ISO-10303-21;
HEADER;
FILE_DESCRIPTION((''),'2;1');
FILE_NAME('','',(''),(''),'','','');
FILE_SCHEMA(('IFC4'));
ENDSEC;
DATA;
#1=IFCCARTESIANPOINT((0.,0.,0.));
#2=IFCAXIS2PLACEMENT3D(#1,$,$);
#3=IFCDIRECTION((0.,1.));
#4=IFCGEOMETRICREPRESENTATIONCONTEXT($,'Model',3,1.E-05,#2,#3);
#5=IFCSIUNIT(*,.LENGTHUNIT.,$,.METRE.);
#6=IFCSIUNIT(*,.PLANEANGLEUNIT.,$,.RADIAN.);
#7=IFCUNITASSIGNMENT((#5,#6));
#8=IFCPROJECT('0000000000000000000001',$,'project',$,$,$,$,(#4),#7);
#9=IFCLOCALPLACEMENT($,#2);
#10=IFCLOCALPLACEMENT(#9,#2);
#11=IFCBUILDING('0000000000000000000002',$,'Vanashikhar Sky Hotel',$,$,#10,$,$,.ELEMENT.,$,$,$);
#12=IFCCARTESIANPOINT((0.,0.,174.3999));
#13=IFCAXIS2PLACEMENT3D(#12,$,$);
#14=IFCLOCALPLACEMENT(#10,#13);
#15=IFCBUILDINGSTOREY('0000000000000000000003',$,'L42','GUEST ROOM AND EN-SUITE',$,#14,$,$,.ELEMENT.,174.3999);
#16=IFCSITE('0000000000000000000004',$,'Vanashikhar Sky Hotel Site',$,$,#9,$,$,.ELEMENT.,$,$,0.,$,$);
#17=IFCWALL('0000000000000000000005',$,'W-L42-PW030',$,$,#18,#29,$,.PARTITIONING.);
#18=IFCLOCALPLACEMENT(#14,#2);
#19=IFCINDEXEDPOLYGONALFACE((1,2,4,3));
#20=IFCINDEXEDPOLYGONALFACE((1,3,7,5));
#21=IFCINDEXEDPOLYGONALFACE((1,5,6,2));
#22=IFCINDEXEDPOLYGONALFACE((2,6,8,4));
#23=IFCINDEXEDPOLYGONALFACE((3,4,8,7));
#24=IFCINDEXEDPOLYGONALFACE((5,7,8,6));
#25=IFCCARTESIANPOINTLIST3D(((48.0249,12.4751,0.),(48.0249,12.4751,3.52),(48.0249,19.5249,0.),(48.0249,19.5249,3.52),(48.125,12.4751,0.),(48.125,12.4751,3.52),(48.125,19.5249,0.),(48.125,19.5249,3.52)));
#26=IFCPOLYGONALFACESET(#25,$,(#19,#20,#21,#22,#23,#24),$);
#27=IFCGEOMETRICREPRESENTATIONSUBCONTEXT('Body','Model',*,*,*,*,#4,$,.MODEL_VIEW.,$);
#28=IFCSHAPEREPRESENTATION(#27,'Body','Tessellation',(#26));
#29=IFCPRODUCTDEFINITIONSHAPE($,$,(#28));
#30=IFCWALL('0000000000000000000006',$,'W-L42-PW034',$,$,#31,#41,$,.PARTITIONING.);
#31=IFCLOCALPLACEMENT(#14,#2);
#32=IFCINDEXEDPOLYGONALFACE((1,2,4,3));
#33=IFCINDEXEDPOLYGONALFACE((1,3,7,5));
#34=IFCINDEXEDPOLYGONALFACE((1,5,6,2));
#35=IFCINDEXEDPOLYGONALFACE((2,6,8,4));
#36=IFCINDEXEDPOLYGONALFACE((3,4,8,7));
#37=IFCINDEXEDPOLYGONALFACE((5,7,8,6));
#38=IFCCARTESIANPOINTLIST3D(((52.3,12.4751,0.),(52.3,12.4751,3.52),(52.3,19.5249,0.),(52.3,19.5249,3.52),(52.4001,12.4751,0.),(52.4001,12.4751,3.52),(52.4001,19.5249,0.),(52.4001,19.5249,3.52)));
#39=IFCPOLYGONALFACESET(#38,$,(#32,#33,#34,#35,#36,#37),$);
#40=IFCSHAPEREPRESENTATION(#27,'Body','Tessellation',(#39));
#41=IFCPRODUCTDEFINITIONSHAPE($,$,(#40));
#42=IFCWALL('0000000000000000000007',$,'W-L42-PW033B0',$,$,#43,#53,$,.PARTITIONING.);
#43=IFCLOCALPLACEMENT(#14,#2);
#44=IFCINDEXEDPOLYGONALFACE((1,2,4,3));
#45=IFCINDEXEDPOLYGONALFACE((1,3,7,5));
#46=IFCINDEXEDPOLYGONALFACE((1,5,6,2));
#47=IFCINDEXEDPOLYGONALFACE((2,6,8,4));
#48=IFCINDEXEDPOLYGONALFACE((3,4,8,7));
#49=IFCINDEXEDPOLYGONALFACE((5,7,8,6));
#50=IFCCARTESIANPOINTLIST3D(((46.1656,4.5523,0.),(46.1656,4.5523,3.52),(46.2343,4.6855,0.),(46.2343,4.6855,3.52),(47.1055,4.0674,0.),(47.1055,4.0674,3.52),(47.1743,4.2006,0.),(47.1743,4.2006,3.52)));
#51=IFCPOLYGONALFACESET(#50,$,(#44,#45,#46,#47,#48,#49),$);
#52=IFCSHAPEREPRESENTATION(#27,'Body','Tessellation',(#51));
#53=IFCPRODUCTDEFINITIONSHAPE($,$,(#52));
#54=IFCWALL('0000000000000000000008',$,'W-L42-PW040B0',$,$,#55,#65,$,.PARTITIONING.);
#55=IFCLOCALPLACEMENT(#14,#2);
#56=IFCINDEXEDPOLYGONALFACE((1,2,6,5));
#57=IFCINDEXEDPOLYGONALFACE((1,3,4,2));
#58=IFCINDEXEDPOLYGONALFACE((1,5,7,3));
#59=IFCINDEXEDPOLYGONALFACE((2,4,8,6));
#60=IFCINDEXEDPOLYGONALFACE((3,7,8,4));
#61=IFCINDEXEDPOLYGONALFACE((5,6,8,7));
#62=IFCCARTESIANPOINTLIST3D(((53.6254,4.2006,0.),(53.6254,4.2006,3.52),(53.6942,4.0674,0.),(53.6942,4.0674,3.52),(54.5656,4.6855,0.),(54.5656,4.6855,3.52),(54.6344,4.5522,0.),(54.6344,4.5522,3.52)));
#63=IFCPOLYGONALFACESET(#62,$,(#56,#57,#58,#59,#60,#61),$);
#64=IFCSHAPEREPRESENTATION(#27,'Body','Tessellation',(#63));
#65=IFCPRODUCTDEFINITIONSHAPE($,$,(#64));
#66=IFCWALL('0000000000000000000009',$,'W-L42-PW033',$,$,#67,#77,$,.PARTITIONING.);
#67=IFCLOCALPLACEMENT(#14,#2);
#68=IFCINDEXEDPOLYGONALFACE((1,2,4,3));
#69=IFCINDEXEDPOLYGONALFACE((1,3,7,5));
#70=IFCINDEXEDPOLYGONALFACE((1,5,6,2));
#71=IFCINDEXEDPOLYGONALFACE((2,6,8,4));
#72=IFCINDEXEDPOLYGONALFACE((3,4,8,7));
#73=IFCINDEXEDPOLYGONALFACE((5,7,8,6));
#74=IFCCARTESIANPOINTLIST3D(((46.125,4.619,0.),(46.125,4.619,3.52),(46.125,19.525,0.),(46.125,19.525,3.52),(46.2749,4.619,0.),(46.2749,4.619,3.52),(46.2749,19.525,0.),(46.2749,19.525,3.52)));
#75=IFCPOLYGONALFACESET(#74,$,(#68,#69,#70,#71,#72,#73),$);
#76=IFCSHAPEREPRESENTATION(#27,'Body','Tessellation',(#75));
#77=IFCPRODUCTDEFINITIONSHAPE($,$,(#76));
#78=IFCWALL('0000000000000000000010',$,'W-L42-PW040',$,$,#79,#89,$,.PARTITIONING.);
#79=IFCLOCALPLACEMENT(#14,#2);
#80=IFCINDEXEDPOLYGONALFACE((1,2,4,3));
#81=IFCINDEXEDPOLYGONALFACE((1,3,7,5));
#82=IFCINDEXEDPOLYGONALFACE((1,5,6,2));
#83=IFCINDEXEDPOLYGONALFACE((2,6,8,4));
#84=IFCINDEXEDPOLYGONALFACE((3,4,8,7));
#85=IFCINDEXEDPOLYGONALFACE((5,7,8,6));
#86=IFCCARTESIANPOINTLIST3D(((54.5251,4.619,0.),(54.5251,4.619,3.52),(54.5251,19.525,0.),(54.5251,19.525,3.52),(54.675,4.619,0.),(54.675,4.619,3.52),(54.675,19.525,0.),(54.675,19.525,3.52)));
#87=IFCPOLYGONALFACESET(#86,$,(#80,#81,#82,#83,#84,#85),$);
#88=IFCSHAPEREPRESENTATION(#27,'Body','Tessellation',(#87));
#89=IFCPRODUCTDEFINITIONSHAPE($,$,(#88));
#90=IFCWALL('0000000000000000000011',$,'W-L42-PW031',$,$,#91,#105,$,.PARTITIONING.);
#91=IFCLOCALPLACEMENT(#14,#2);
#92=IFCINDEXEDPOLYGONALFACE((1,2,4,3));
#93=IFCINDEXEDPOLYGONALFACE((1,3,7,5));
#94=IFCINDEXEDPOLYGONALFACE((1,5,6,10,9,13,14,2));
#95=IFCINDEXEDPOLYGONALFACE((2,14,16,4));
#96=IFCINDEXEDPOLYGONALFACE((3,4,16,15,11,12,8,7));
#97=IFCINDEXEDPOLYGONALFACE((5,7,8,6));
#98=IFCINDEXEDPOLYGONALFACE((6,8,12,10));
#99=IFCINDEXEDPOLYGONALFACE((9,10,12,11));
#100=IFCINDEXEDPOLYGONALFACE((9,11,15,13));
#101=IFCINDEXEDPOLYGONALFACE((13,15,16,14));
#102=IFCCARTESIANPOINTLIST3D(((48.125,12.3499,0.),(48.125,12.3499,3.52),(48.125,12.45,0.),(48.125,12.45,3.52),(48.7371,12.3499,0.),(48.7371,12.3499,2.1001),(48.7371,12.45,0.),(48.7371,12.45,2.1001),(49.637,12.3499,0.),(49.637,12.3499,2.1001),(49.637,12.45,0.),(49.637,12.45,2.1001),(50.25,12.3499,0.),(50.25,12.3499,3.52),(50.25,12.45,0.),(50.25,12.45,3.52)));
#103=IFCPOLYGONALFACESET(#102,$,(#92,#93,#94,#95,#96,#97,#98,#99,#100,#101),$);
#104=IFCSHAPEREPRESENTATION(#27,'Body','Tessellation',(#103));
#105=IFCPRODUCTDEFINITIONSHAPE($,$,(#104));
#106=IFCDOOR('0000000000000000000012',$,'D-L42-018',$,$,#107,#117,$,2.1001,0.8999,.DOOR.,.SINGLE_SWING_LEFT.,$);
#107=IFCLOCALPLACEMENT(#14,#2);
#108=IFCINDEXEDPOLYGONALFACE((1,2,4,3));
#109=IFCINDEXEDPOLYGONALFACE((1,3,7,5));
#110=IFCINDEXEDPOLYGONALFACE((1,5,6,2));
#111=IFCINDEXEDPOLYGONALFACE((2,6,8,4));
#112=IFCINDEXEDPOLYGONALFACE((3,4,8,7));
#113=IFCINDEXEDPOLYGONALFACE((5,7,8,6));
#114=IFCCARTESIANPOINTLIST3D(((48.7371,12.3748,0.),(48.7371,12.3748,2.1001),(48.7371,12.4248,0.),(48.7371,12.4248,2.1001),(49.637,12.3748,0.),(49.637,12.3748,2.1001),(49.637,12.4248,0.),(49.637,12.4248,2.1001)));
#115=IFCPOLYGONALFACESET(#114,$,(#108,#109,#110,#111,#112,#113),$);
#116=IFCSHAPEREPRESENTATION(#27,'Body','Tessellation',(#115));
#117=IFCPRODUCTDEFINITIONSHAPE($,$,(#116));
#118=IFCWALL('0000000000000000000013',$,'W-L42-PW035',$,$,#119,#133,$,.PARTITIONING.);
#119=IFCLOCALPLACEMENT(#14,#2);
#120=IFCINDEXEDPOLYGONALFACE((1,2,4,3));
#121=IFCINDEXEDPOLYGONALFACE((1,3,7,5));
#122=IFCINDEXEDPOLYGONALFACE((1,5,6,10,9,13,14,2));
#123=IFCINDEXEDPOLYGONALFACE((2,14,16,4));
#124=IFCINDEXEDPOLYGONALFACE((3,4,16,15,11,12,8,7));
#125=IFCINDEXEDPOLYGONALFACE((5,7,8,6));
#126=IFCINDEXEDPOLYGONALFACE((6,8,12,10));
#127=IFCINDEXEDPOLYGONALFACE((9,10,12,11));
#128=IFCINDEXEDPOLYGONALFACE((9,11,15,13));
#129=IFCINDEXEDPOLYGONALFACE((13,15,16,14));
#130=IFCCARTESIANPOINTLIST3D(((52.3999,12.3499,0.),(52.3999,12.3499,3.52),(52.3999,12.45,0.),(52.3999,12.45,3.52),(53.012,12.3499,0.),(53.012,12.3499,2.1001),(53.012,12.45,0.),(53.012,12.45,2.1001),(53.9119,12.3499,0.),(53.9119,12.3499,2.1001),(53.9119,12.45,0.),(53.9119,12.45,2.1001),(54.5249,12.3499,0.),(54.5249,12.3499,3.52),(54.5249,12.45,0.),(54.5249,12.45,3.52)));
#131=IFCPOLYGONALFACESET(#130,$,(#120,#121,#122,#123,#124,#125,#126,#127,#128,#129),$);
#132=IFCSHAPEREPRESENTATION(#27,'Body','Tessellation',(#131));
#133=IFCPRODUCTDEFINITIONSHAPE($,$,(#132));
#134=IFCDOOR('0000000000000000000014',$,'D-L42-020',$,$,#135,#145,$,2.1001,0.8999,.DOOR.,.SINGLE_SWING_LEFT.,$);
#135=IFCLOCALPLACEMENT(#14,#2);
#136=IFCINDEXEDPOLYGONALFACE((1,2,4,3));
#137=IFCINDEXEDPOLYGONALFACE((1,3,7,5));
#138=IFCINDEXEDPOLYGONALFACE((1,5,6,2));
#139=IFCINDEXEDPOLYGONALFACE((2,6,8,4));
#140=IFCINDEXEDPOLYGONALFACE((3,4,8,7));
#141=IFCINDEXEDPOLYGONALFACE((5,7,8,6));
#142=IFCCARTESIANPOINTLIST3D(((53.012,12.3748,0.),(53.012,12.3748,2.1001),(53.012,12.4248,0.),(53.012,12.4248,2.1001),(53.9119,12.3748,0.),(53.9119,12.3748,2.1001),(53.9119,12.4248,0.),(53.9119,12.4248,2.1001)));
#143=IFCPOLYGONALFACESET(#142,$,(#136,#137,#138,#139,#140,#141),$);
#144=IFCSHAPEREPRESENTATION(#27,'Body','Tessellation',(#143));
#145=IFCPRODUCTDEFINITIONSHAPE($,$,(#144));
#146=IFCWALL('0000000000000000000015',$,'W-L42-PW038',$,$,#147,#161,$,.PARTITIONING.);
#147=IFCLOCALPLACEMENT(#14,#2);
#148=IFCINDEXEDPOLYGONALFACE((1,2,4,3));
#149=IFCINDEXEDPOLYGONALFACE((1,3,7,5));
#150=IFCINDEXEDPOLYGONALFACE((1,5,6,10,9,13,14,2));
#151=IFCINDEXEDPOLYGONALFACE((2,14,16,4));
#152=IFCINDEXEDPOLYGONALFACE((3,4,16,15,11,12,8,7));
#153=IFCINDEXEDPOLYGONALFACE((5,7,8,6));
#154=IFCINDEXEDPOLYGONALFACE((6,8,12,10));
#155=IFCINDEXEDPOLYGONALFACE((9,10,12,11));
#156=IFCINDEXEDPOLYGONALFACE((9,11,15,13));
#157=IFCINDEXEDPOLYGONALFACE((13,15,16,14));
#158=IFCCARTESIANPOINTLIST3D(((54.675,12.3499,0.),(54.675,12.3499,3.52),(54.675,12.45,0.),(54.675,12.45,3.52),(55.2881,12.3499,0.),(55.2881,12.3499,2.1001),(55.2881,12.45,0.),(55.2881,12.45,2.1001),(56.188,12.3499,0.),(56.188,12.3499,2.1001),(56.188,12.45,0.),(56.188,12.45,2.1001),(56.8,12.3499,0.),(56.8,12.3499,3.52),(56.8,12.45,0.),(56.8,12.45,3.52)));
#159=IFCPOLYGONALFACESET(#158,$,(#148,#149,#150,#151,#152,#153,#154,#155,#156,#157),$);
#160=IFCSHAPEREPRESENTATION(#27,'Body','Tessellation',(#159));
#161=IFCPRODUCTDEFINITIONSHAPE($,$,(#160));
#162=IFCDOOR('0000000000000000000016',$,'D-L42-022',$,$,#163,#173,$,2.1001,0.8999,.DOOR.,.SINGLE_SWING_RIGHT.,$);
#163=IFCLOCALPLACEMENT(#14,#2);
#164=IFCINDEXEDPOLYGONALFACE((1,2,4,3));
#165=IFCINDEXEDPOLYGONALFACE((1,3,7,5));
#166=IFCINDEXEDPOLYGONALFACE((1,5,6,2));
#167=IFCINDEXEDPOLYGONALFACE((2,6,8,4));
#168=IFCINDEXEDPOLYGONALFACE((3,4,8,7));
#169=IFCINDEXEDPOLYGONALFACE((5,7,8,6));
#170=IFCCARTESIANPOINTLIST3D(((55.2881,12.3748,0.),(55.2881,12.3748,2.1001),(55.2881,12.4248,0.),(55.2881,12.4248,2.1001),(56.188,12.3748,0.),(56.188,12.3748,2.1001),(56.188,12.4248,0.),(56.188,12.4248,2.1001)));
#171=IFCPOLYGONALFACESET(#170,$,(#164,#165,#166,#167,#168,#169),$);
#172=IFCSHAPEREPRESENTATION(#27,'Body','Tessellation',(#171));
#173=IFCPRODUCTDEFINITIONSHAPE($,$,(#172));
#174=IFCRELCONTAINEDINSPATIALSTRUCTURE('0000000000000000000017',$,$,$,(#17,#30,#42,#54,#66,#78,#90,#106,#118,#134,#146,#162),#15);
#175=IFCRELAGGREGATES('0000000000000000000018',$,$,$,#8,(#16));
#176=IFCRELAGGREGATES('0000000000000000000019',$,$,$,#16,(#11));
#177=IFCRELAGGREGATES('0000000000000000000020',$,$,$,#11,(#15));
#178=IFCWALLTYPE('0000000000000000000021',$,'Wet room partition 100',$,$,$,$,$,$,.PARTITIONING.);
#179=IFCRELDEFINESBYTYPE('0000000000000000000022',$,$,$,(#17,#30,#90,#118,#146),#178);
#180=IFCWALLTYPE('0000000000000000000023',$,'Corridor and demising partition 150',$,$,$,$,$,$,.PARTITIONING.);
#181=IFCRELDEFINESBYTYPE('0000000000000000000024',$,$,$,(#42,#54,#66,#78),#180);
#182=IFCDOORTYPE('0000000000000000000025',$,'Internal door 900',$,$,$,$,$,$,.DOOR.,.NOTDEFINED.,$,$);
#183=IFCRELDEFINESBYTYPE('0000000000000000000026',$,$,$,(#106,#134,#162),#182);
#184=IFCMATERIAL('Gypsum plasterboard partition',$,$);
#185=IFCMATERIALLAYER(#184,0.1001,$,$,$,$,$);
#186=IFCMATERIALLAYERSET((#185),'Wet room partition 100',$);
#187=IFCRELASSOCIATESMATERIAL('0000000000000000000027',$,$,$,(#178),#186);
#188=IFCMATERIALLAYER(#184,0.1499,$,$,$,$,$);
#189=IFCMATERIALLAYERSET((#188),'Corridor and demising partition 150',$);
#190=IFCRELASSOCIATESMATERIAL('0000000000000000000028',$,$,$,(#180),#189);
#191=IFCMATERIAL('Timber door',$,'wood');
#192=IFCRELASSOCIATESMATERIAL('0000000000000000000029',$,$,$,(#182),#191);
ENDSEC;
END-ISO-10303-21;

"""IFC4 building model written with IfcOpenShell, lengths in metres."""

from ifc_helpers import new_model, si_unit, direction, frame, frame_2d, origin, place, context, subcontext, project, spatial, rectangle, extrude, source, transform, mapped, material, layer, layer_set, type_object, element, fill, save


model = new_model("IFC4")

# Units and contexts
model_context = context("Model", 3, precision=1e-05, world=origin(), true_north=direction((0.0, 1.0)))
body_context = subcontext(model_context, "Body", "Model", "MODEL_VIEW")
ifc_project = project(units=[si_unit("LENGTHUNIT", "METRE"), si_unit("PLANEANGLEUNIT", "RADIAN")], contexts=[model_context])

# Site, building, storey
site_placement = place(None, origin())
site = spatial("IfcSite", under=ifc_project, at=site_placement, Name="Vanashikhar Sky Hotel Site", CompositionType="ELEMENT", RefElevation=0.0)
building_placement = place(site_placement, origin())
building = spatial("IfcBuilding", under=site, at=building_placement, Name="Vanashikhar Sky Hotel", CompositionType="ELEMENT")
storey_placement = place(building_placement, frame((0.0, 0.0, 174.3999)))
storey = spatial("IfcBuildingStorey", under=building, at=storey_placement, Name="L42", Description="GUEST ROOM AND EN-SUITE", CompositionType="ELEMENT", Elevation=174.3999)

# Walls
ifc_material_1 = material(Name="Gypsum plasterboard partition")
ifc_layer_1 = layer(ifc_material_1, 0.1001)
ifc_layer_set_1 = layer_set([ifc_layer_1], Name="Wet room partition 100")
wall_type_1 = type_object("IfcWallType", Name="Wet room partition 100", PredefinedType="PARTITIONING", material=ifc_layer_set_1)
shared_shape_1 = source(origin(), body_context, "Body", "SweptSolid", [
    extrude(rectangle(XDim=7.0498, YDim=0.1001, at=frame_2d((3.5249, 0.0))), origin(), (0.0, 0.0, 1.0), 3.52),
])
for number, where, z_axis, x_axis, name in (
    (1, (48.075, 12.4751, 0.0), (0.0, 0.0, 1.0), (0.0, 1.0, 0.0), "W-L42-PW030"),
    (2, (52.3501, 12.4751, 0.0), (0.0, 0.0, 1.0), (0.0, 1.0, 0.0), "W-L42-PW034"),
):
    element("IfcWall", number, at=place(storey_placement, frame(where, z_axis=z_axis, x_axis=x_axis)), inside=storey, type_object=wall_type_1, Name=name, PredefinedType="PARTITIONING", context=body_context, shape_type="MappedRepresentation", body=[
        mapped(shared_shape_1, transform((0.0, 0.0, 0.0), scale=1.0)),
    ])
ifc_layer_2 = layer(ifc_material_1, 0.1499)
ifc_layer_set_2 = layer_set([ifc_layer_2], Name="Corridor and demising partition 150")
wall_type_2 = type_object("IfcWallType", Name="Corridor and demising partition 150", PredefinedType="PARTITIONING", material=ifc_layer_set_2)
shared_shape_2 = source(origin(), body_context, "Body", "SweptSolid", [
    extrude(rectangle(XDim=1.0576, YDim=0.1499, at=frame_2d((0.5288, 0.0))), origin(), (0.0, 0.0, 1.0), 3.52),
])
wall_1_placement = place(storey_placement, frame((47.1399, 4.134, 0.0), z_axis=(0.0, 0.0, 1.0), x_axis=(-0.888724, 0.458443, 0.0)))
element("IfcWall", 3, at=wall_1_placement, inside=storey, type_object=wall_type_2, Name="W-L42-PW033B0", PredefinedType="PARTITIONING", context=body_context, shape_type="MappedRepresentation", body=[
    mapped(shared_shape_2, transform((0.0, 0.0, 0.0), scale=1.0)),
])
shared_shape_3 = source(origin(), body_context, "Body", "SweptSolid", [
    extrude(rectangle(XDim=1.0579, YDim=0.1499, at=frame_2d((0.5288, 0.0))), origin(), (0.0, 0.0, 1.0), 3.52),
])
wall_2_placement = place(storey_placement, frame((53.6599, 4.134, 0.0), z_axis=(0.0, 0.0, 1.0), x_axis=(0.888772, 0.458349, 0.0)))
element("IfcWall", 4, at=wall_2_placement, inside=storey, type_object=wall_type_2, Name="W-L42-PW040B0", PredefinedType="PARTITIONING", context=body_context, shape_type="MappedRepresentation", body=[
    mapped(shared_shape_3, transform((0.0, 0.0, 0.0), scale=1.0)),
])
shared_shape_4 = source(origin(), body_context, "Body", "SweptSolid", [
    extrude(rectangle(XDim=14.906, YDim=0.1499, at=frame_2d((7.4531, 0.0))), origin(), (0.0, 0.0, 1.0), 3.52),
])
for number, where, z_axis, x_axis, name in (
    (5, (46.2, 4.6189, 0.0), (0.0, 0.0, 1.0), (0.0, 1.0, 0.0), "W-L42-PW033"),
    (6, (54.6001, 4.6189, 0.0), (0.0, 0.0, 1.0), (0.0, 1.0, 0.0), "W-L42-PW040"),
):
    element("IfcWall", number, at=place(storey_placement, frame(where, z_axis=z_axis, x_axis=x_axis)), inside=storey, type_object=wall_type_2, Name=name, PredefinedType="PARTITIONING", context=body_context, shape_type="MappedRepresentation", body=[
        mapped(shared_shape_4, transform((0.0, 0.0, 0.0), scale=1.0)),
    ])

# Walls, openings, doors
shared_shape_5 = source(origin(), body_context, "Body", "SweptSolid", [
    extrude(rectangle(XDim=2.125, YDim=0.1001, at=frame_2d((1.0625, 0.0))), origin(), (0.0, 0.0, 1.0), 3.52),
])
wall_3_placement = place(storey_placement, frame((48.125, 12.3999, 0.0), z_axis=(0.0, 0.0, 1.0), x_axis=(1.0, 0.0, 0.0)))
wall_3 = element("IfcWall", 7, at=wall_3_placement, inside=storey, type_object=wall_type_1, Name="W-L42-PW031", PredefinedType="PARTITIONING", context=body_context, shape_type="MappedRepresentation", body=[
    mapped(shared_shape_5, transform((0.0, 0.0, 0.0), scale=1.0)),
])
shared_shape_6 = source(origin(), body_context, "Body", "SweptSolid", [
    extrude(rectangle(XDim=0.8999, YDim=2.1001, at=frame_2d((0.45, 1.05))), frame((0.0, 0.0601, 0.0), z_axis=(0.0, -1.0, 0.0), x_axis=(1.0, 0.0, 0.0)), (0.0, 0.0, 1.0), 0.1201),
])
opening_1_placement = place(wall_3_placement, frame((0.6121, 0.0, 0.0)))
opening_1 = element("IfcOpeningElement", 8, at=opening_1_placement, cuts=wall_3, PredefinedType="OPENING", context=body_context, shape_type="MappedRepresentation", body=[
    mapped(shared_shape_6, transform((0.0, 0.0, 0.0), scale=1.0)),
])
ifc_material_2 = material(Name="Timber door", Category="wood")
door_type = type_object("IfcDoorType", Name="Internal door 900", OperationType="NOTDEFINED", PredefinedType="DOOR", material=ifc_material_2)
shared_shape_7 = source(origin(), body_context, "Body", "SweptSolid", [
    extrude(rectangle(XDim=0.8999, YDim=2.1001, at=frame_2d((0.45, 1.05))), frame((0.0, 0.0249, 0.0), z_axis=(0.0, -1.0, 0.0), x_axis=(1.0, 0.0, 0.0)), (0.0, 0.0, 1.0), 0.05),
])
door_1_placement = place(opening_1_placement, origin())
door_1 = element("IfcDoor", 9, at=door_1_placement, inside=storey, type_object=door_type, Name="D-L42-018", OperationType="SINGLE_SWING_LEFT", OverallHeight=2.1001, OverallWidth=0.8999, PredefinedType="DOOR", context=body_context, shape_type="MappedRepresentation", body=[
    mapped(shared_shape_7, transform((0.0, 0.0, 0.0), scale=1.0)),
])
fill(opening_1, door_1)
wall_4_placement = place(storey_placement, frame((52.3999, 12.3999, 0.0), z_axis=(0.0, 0.0, 1.0), x_axis=(1.0, 0.0, 0.0)))
wall_4 = element("IfcWall", 10, at=wall_4_placement, inside=storey, type_object=wall_type_1, Name="W-L42-PW035", PredefinedType="PARTITIONING", context=body_context, shape_type="MappedRepresentation", body=[
    mapped(shared_shape_5, transform((0.0, 0.0, 0.0), scale=1.0)),
])
opening_2_placement = place(wall_4_placement, frame((0.6121, 0.0, 0.0)))
opening_2 = element("IfcOpeningElement", 11, at=opening_2_placement, cuts=wall_4, PredefinedType="OPENING", context=body_context, shape_type="MappedRepresentation", body=[
    mapped(shared_shape_6, transform((0.0, 0.0, 0.0), scale=1.0)),
])
door_2_placement = place(opening_2_placement, origin())
door_2 = element("IfcDoor", 12, at=door_2_placement, inside=storey, type_object=door_type, Name="D-L42-020", OperationType="SINGLE_SWING_LEFT", OverallHeight=2.1001, OverallWidth=0.8999, PredefinedType="DOOR", context=body_context, shape_type="MappedRepresentation", body=[
    mapped(shared_shape_7, transform((0.0, 0.0, 0.0), scale=1.0)),
])
fill(opening_2, door_2)
wall_5_placement = place(storey_placement, frame((54.675, 12.3999, 0.0), z_axis=(0.0, 0.0, 1.0), x_axis=(1.0, 0.0, 0.0)))
wall_5 = element("IfcWall", 13, at=wall_5_placement, inside=storey, type_object=wall_type_1, Name="W-L42-PW038", PredefinedType="PARTITIONING", context=body_context, shape_type="MappedRepresentation", body=[
    mapped(shared_shape_5, transform((0.0, 0.0, 0.0), scale=1.0)),
])
opening_3_placement = place(wall_5_placement, frame((0.613, 0.0, 0.0)))
opening_3 = element("IfcOpeningElement", 14, at=opening_3_placement, cuts=wall_5, PredefinedType="OPENING", context=body_context, shape_type="MappedRepresentation", body=[
    mapped(shared_shape_6, transform((0.0, 0.0, 0.0), scale=1.0)),
])
door_3_placement = place(opening_3_placement, origin())
door_3 = element("IfcDoor", 15, at=door_3_placement, inside=storey, type_object=door_type, Name="D-L42-022", OperationType="SINGLE_SWING_RIGHT", OverallHeight=2.1001, OverallWidth=0.8999, PredefinedType="DOOR", context=body_context, shape_type="MappedRepresentation", body=[
    mapped(shared_shape_7, transform((0.0, 0.0, 0.0), scale=1.0)),
])
fill(opening_3, door_3)

save(model, "model.ifc")
